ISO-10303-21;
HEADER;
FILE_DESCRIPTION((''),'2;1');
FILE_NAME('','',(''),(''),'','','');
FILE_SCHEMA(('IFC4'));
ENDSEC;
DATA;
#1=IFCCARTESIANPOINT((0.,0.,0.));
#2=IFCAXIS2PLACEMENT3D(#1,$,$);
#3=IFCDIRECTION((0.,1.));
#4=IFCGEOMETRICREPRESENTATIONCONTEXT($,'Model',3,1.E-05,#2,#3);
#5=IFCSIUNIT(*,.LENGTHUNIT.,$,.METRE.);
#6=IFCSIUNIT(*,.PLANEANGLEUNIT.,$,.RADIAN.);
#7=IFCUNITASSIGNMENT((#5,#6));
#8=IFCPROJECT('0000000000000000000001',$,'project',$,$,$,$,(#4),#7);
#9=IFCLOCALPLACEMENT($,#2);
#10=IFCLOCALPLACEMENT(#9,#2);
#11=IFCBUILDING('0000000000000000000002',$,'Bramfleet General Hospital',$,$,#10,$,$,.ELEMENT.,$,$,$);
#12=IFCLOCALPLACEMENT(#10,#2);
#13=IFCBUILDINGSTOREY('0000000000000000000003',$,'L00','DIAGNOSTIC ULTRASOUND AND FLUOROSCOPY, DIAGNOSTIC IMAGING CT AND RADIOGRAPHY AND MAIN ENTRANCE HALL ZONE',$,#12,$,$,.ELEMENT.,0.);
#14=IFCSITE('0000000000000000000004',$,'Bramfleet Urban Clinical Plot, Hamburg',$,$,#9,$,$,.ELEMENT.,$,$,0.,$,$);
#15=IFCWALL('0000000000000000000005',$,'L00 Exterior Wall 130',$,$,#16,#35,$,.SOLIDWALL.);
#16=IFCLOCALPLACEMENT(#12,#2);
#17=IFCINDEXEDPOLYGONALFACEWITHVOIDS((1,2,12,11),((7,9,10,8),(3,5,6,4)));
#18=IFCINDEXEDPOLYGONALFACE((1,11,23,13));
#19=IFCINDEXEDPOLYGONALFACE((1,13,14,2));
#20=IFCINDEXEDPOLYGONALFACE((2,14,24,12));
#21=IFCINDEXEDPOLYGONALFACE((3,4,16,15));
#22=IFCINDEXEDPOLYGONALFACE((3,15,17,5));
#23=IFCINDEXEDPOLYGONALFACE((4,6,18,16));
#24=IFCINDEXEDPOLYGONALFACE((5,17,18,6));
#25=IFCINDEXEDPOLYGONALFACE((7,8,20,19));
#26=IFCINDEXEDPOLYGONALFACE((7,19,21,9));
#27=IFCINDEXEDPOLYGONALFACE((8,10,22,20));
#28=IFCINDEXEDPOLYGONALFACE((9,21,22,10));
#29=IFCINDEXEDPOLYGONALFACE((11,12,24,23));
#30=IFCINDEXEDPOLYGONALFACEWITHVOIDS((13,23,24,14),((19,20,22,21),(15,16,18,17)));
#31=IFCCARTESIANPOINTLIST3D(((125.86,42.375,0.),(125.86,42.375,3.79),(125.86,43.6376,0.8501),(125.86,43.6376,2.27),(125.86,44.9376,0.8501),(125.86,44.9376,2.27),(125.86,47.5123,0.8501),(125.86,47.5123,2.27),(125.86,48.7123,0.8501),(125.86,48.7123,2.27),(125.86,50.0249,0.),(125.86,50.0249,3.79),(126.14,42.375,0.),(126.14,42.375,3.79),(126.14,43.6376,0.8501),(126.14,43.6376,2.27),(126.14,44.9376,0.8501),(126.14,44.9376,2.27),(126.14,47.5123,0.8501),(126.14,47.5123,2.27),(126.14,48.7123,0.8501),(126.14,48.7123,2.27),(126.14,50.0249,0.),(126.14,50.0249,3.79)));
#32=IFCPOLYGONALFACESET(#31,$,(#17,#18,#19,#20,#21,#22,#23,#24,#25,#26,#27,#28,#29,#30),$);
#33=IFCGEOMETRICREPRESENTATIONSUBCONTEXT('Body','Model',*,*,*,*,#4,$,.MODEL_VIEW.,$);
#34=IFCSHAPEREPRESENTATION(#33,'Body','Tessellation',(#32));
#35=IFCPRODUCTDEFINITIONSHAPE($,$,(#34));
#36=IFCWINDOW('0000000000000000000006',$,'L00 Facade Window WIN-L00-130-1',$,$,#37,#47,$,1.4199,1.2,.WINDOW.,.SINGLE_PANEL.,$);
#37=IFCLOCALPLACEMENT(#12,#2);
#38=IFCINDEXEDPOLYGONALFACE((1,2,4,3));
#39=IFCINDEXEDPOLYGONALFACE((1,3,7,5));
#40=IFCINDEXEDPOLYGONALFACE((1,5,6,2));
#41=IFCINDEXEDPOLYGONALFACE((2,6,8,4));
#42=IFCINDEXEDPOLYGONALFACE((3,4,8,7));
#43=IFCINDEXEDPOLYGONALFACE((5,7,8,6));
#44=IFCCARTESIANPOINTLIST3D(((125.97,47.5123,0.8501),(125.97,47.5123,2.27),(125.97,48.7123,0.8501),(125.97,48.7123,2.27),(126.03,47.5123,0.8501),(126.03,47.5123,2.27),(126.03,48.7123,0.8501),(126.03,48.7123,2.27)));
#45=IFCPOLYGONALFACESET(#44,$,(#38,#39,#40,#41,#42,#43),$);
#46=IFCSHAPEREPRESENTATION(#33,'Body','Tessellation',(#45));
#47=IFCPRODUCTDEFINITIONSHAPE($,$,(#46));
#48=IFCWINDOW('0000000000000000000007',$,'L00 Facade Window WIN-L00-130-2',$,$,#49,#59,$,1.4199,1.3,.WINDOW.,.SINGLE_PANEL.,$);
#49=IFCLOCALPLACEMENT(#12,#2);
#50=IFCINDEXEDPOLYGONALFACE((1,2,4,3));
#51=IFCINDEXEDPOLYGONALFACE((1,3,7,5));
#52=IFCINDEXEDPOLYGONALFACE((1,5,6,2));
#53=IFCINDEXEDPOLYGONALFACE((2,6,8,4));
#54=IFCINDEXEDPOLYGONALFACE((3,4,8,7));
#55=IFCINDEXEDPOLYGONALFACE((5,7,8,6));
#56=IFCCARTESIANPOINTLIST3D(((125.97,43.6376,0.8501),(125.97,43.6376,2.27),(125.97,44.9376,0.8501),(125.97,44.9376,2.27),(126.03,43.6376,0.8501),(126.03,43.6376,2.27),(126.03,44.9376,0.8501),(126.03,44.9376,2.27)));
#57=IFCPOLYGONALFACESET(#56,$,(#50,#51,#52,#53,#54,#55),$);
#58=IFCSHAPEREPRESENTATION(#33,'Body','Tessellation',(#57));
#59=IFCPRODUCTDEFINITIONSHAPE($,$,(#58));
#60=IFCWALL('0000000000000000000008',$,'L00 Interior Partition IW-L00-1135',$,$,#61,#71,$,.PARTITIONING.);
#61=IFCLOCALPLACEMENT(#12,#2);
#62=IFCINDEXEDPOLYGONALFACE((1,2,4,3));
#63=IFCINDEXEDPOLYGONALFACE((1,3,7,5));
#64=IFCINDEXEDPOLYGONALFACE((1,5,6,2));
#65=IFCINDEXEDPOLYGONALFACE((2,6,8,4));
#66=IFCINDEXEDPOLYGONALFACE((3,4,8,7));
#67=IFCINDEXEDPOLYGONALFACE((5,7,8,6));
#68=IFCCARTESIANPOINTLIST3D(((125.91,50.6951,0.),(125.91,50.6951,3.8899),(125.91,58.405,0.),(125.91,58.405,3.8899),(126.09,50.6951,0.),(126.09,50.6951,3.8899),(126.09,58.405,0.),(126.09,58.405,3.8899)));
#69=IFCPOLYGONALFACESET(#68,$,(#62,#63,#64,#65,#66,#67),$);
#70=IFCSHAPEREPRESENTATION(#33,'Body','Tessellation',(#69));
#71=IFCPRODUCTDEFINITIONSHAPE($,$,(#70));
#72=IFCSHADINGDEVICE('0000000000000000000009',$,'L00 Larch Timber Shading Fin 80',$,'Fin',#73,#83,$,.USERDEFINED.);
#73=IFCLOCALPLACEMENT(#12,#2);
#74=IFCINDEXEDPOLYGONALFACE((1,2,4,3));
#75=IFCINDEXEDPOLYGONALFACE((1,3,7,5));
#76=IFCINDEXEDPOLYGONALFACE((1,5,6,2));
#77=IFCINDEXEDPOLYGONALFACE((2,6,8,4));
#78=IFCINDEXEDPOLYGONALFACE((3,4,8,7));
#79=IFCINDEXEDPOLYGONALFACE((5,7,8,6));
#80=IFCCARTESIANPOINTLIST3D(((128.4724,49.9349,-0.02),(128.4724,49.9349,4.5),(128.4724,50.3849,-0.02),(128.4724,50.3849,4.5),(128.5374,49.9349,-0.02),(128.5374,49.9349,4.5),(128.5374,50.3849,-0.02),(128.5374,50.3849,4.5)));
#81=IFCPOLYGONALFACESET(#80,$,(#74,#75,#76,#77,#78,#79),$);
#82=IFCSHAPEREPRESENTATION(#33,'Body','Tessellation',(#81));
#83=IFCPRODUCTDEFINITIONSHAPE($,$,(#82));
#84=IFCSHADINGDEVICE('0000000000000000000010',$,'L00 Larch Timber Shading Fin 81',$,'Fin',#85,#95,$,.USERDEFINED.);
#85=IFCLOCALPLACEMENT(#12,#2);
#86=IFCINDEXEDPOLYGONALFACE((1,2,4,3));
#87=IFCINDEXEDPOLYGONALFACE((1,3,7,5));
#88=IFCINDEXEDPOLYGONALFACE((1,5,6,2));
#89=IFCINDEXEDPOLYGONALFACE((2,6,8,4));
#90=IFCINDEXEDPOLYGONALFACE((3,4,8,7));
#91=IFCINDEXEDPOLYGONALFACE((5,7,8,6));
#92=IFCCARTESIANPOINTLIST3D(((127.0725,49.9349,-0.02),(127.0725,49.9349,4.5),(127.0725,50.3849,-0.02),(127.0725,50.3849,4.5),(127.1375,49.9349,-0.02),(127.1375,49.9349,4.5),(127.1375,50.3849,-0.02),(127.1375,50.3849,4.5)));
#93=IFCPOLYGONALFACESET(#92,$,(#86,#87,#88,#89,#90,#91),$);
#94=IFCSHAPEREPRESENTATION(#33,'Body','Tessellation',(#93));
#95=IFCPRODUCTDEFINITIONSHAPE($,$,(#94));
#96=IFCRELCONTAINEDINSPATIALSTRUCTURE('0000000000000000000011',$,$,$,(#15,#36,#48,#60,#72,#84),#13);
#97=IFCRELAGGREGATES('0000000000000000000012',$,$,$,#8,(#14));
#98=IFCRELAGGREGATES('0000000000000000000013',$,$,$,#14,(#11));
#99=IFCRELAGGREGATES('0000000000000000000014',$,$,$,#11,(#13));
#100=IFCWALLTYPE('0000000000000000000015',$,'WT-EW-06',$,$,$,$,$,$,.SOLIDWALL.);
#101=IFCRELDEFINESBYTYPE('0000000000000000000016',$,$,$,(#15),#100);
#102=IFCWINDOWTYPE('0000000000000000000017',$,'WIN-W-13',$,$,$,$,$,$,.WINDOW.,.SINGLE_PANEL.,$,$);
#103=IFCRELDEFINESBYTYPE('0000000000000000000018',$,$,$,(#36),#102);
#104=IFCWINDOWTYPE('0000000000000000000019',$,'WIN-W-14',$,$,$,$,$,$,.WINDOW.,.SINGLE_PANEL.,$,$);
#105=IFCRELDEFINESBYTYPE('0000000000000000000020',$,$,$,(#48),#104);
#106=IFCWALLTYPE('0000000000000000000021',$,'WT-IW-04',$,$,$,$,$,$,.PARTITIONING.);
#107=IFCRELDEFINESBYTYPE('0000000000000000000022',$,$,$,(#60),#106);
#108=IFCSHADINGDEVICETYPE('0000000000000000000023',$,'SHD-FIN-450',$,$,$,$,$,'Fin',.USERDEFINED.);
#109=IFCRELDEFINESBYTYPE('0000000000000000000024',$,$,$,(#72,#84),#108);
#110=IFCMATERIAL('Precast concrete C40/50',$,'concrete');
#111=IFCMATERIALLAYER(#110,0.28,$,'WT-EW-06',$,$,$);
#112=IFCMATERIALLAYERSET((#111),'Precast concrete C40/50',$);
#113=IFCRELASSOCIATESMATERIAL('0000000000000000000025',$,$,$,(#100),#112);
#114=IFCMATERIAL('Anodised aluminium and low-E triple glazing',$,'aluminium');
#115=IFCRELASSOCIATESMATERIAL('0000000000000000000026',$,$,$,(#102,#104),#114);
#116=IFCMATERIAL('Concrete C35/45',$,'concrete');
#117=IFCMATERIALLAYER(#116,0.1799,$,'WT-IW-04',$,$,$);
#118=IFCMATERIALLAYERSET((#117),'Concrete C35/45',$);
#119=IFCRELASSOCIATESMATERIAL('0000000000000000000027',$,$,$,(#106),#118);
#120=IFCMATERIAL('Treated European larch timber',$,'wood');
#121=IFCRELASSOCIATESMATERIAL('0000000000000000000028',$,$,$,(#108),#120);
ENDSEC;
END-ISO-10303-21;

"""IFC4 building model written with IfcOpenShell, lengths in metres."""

from ifc_helpers import new_model, si_unit, direction, frame, frame_2d, origin, origin_2d, place, context, subcontext, project, spatial, rectangle, extrude, material, layer, layer_set, material_profile, profile_set, type_object, element, fill, save


model = new_model("IFC4")

# Units and contexts
model_context = context("Model", 3, precision=1e-05, world=origin(), true_north=direction((0.0, 1.0)))
body_context = subcontext(model_context, "Body", "Model", "MODEL_VIEW")
ifc_project = project(units=[si_unit("LENGTHUNIT", "METRE"), si_unit("PLANEANGLEUNIT", "RADIAN")], contexts=[model_context])

# Site, building, storey
site_placement = place(None, origin())
site = spatial("IfcSite", under=ifc_project, at=site_placement, Name="Bramfleet Urban Clinical Plot, Hamburg", CompositionType="ELEMENT", RefElevation=0.0)
building_placement = place(site_placement, origin())
building = spatial("IfcBuilding", under=site, at=building_placement, Name="Bramfleet General Hospital", CompositionType="ELEMENT")
storey_placement = place(building_placement, origin())
storey = spatial("IfcBuildingStorey", under=building, at=storey_placement, Name="L00", Description="DIAGNOSTIC ULTRASOUND AND FLUOROSCOPY, DIAGNOSTIC IMAGING CT AND RADIOGRAPHY AND MAIN ENTRANCE HALL ZONE", CompositionType="ELEMENT", Elevation=0.0)

# Shared definitions
ifc_material_1 = material(Name="Concrete C35/45", Category="concrete")

# Shared definitions
ifc_material_2 = material(Name="Anodised aluminium and low-E triple glazing", Category="aluminium")

# Wall, openings, windows
ifc_material_3 = material(Name="Precast concrete C40/50", Category="concrete")
ifc_layer_1 = layer(ifc_material_3, 0.28, Name="WT-EW-06")
ifc_layer_set_1 = layer_set([ifc_layer_1], Name="Precast concrete C40/50")
wall_type_1 = type_object("IfcWallType", Name="WT-EW-06", PredefinedType="SOLIDWALL", material=ifc_layer_set_1)
wall_1_placement = place(storey_placement, frame((126.0, 50.0249, 0.0), z_axis=(0.0, 0.0, 1.0), x_axis=(0.0, -1.0, 0.0)))
wall_1 = element("IfcWall", 1, at=wall_1_placement, inside=storey, type_object=wall_type_1, Name="L00 Exterior Wall 130", PredefinedType="SOLIDWALL", context=body_context, shape_type="SweptSolid", body=[
    extrude(rectangle(XDim=7.6499, YDim=0.28, at=frame_2d((3.825, 0.0))), origin(), (0.0, 0.0, 1.0), 3.79),
])
opening_1_placement = place(wall_1_placement, frame((1.3125, 0.0, 0.8501)))
opening_1 = element("IfcOpeningElement", 2, at=opening_1_placement, cuts=wall_1, PredefinedType="OPENING", context=body_context, shape_type="SweptSolid", body=[
    extrude(rectangle(XDim=1.2, YDim=1.4199, at=frame_2d((0.6001, 0.71))), frame((0.0, 0.1499, 0.0), z_axis=(0.0, -1.0, 0.0), x_axis=(1.0, 0.0, 0.0)), (0.0, 0.0, 1.0), 0.3),
])
opening_2_placement = place(wall_1_placement, frame((5.0874, 0.0, 0.8501)))
opening_2 = element("IfcOpeningElement", 3, at=opening_2_placement, cuts=wall_1, PredefinedType="OPENING", context=body_context, shape_type="SweptSolid", body=[
    extrude(rectangle(XDim=1.3, YDim=1.4199, at=frame_2d((0.6499, 0.71))), frame((0.0, 0.1499, 0.0), z_axis=(0.0, -1.0, 0.0), x_axis=(1.0, 0.0, 0.0)), (0.0, 0.0, 1.0), 0.3),
])
window_type_1 = type_object("IfcWindowType", Name="WIN-W-13", PartitioningType="SINGLE_PANEL", PredefinedType="WINDOW", material=ifc_material_2)
window_1_placement = place(opening_1_placement, origin())
window_1 = element("IfcWindow", 4, at=window_1_placement, inside=storey, type_object=window_type_1, Name="L00 Facade Window WIN-L00-130-1", OverallHeight=1.4199, OverallWidth=1.2, PartitioningType="SINGLE_PANEL", PredefinedType="WINDOW", context=body_context, shape_type="SweptSolid", body=[
    extrude(rectangle(XDim=1.2, YDim=1.4199, at=frame_2d((0.6001, 0.71))), frame((0.0, 0.03, 0.0), z_axis=(0.0, -1.0, 0.0), x_axis=(1.0, 0.0, 0.0)), (0.0, 0.0, 1.0), 0.0601),
])
fill(opening_1, window_1)
window_type_2 = type_object("IfcWindowType", Name="WIN-W-14", PartitioningType="SINGLE_PANEL", PredefinedType="WINDOW", material=ifc_material_2)
window_2_placement = place(opening_2_placement, origin())
window_2 = element("IfcWindow", 5, at=window_2_placement, inside=storey, type_object=window_type_2, Name="L00 Facade Window WIN-L00-130-2", OverallHeight=1.4199, OverallWidth=1.3, PartitioningType="SINGLE_PANEL", PredefinedType="WINDOW", context=body_context, shape_type="SweptSolid", body=[
    extrude(rectangle(XDim=1.3, YDim=1.4199, at=frame_2d((0.6499, 0.71))), frame((0.0, 0.03, 0.0), z_axis=(0.0, -1.0, 0.0), x_axis=(1.0, 0.0, 0.0)), (0.0, 0.0, 1.0), 0.0601),
])
fill(opening_2, window_2)

# Wall
ifc_layer_2 = layer(ifc_material_1, 0.1799, Name="WT-IW-04")
ifc_layer_set_2 = layer_set([ifc_layer_2], Name="Concrete C35/45")
wall_type_2 = type_object("IfcWallType", Name="WT-IW-04", PredefinedType="PARTITIONING", material=ifc_layer_set_2)
wall_2_placement = place(storey_placement, frame((126.0, 50.6951, 0.0), z_axis=(0.0, 0.0, 1.0), x_axis=(0.0, 1.0, 0.0)))
element("IfcWall", 6, at=wall_2_placement, inside=storey, type_object=wall_type_2, Name="L00 Interior Partition IW-L00-1135", PredefinedType="PARTITIONING", context=body_context, shape_type="SweptSolid", body=[
    extrude(rectangle(XDim=7.71, YDim=0.1799, at=frame_2d((3.855, 0.0))), origin(), (0.0, 0.0, 1.0), 3.8899),
])

# Shading devices
ifc_material_4 = material(Name="Treated European larch timber", Category="wood")
ifc_material_profile_1 = material_profile(ifc_material_4, rectangle(XDim=0.0649, YDim=0.45, at=origin_2d()), Name="LARCH FIN 450x65")
ifc_profile_set_1 = profile_set([ifc_material_profile_1], Name="Treated European larch timber")
shading_device_type = type_object("IfcShadingDeviceType", Name="SHD-FIN-450", ElementType="Fin", PredefinedType="USERDEFINED", material=ifc_profile_set_1)
for number, where, z_axis, x_axis, name in (
    (7, (128.5049, 50.1599, -0.02), (0.0, 0.0, 1.0), (-1.0, 0.0, 0.0), "L00 Larch Timber Shading Fin 80"),
    (8, (127.105, 50.1599, -0.02), (0.0, 0.0, 1.0), (-1.0, 0.0, 0.0), "L00 Larch Timber Shading Fin 81"),
):
    element("IfcShadingDevice", number, at=place(storey_placement, frame(where, z_axis=z_axis, x_axis=x_axis)), inside=storey, type_object=shading_device_type, Name=name, ObjectType="Fin", PredefinedType="USERDEFINED", context=body_context, shape_type="SweptSolid", body=[
        extrude(rectangle(XDim=0.0649, YDim=0.45, at=origin_2d()), origin(), (0.0, 0.0, 1.0), 4.52),
    ])

save(model, "model.ifc")
